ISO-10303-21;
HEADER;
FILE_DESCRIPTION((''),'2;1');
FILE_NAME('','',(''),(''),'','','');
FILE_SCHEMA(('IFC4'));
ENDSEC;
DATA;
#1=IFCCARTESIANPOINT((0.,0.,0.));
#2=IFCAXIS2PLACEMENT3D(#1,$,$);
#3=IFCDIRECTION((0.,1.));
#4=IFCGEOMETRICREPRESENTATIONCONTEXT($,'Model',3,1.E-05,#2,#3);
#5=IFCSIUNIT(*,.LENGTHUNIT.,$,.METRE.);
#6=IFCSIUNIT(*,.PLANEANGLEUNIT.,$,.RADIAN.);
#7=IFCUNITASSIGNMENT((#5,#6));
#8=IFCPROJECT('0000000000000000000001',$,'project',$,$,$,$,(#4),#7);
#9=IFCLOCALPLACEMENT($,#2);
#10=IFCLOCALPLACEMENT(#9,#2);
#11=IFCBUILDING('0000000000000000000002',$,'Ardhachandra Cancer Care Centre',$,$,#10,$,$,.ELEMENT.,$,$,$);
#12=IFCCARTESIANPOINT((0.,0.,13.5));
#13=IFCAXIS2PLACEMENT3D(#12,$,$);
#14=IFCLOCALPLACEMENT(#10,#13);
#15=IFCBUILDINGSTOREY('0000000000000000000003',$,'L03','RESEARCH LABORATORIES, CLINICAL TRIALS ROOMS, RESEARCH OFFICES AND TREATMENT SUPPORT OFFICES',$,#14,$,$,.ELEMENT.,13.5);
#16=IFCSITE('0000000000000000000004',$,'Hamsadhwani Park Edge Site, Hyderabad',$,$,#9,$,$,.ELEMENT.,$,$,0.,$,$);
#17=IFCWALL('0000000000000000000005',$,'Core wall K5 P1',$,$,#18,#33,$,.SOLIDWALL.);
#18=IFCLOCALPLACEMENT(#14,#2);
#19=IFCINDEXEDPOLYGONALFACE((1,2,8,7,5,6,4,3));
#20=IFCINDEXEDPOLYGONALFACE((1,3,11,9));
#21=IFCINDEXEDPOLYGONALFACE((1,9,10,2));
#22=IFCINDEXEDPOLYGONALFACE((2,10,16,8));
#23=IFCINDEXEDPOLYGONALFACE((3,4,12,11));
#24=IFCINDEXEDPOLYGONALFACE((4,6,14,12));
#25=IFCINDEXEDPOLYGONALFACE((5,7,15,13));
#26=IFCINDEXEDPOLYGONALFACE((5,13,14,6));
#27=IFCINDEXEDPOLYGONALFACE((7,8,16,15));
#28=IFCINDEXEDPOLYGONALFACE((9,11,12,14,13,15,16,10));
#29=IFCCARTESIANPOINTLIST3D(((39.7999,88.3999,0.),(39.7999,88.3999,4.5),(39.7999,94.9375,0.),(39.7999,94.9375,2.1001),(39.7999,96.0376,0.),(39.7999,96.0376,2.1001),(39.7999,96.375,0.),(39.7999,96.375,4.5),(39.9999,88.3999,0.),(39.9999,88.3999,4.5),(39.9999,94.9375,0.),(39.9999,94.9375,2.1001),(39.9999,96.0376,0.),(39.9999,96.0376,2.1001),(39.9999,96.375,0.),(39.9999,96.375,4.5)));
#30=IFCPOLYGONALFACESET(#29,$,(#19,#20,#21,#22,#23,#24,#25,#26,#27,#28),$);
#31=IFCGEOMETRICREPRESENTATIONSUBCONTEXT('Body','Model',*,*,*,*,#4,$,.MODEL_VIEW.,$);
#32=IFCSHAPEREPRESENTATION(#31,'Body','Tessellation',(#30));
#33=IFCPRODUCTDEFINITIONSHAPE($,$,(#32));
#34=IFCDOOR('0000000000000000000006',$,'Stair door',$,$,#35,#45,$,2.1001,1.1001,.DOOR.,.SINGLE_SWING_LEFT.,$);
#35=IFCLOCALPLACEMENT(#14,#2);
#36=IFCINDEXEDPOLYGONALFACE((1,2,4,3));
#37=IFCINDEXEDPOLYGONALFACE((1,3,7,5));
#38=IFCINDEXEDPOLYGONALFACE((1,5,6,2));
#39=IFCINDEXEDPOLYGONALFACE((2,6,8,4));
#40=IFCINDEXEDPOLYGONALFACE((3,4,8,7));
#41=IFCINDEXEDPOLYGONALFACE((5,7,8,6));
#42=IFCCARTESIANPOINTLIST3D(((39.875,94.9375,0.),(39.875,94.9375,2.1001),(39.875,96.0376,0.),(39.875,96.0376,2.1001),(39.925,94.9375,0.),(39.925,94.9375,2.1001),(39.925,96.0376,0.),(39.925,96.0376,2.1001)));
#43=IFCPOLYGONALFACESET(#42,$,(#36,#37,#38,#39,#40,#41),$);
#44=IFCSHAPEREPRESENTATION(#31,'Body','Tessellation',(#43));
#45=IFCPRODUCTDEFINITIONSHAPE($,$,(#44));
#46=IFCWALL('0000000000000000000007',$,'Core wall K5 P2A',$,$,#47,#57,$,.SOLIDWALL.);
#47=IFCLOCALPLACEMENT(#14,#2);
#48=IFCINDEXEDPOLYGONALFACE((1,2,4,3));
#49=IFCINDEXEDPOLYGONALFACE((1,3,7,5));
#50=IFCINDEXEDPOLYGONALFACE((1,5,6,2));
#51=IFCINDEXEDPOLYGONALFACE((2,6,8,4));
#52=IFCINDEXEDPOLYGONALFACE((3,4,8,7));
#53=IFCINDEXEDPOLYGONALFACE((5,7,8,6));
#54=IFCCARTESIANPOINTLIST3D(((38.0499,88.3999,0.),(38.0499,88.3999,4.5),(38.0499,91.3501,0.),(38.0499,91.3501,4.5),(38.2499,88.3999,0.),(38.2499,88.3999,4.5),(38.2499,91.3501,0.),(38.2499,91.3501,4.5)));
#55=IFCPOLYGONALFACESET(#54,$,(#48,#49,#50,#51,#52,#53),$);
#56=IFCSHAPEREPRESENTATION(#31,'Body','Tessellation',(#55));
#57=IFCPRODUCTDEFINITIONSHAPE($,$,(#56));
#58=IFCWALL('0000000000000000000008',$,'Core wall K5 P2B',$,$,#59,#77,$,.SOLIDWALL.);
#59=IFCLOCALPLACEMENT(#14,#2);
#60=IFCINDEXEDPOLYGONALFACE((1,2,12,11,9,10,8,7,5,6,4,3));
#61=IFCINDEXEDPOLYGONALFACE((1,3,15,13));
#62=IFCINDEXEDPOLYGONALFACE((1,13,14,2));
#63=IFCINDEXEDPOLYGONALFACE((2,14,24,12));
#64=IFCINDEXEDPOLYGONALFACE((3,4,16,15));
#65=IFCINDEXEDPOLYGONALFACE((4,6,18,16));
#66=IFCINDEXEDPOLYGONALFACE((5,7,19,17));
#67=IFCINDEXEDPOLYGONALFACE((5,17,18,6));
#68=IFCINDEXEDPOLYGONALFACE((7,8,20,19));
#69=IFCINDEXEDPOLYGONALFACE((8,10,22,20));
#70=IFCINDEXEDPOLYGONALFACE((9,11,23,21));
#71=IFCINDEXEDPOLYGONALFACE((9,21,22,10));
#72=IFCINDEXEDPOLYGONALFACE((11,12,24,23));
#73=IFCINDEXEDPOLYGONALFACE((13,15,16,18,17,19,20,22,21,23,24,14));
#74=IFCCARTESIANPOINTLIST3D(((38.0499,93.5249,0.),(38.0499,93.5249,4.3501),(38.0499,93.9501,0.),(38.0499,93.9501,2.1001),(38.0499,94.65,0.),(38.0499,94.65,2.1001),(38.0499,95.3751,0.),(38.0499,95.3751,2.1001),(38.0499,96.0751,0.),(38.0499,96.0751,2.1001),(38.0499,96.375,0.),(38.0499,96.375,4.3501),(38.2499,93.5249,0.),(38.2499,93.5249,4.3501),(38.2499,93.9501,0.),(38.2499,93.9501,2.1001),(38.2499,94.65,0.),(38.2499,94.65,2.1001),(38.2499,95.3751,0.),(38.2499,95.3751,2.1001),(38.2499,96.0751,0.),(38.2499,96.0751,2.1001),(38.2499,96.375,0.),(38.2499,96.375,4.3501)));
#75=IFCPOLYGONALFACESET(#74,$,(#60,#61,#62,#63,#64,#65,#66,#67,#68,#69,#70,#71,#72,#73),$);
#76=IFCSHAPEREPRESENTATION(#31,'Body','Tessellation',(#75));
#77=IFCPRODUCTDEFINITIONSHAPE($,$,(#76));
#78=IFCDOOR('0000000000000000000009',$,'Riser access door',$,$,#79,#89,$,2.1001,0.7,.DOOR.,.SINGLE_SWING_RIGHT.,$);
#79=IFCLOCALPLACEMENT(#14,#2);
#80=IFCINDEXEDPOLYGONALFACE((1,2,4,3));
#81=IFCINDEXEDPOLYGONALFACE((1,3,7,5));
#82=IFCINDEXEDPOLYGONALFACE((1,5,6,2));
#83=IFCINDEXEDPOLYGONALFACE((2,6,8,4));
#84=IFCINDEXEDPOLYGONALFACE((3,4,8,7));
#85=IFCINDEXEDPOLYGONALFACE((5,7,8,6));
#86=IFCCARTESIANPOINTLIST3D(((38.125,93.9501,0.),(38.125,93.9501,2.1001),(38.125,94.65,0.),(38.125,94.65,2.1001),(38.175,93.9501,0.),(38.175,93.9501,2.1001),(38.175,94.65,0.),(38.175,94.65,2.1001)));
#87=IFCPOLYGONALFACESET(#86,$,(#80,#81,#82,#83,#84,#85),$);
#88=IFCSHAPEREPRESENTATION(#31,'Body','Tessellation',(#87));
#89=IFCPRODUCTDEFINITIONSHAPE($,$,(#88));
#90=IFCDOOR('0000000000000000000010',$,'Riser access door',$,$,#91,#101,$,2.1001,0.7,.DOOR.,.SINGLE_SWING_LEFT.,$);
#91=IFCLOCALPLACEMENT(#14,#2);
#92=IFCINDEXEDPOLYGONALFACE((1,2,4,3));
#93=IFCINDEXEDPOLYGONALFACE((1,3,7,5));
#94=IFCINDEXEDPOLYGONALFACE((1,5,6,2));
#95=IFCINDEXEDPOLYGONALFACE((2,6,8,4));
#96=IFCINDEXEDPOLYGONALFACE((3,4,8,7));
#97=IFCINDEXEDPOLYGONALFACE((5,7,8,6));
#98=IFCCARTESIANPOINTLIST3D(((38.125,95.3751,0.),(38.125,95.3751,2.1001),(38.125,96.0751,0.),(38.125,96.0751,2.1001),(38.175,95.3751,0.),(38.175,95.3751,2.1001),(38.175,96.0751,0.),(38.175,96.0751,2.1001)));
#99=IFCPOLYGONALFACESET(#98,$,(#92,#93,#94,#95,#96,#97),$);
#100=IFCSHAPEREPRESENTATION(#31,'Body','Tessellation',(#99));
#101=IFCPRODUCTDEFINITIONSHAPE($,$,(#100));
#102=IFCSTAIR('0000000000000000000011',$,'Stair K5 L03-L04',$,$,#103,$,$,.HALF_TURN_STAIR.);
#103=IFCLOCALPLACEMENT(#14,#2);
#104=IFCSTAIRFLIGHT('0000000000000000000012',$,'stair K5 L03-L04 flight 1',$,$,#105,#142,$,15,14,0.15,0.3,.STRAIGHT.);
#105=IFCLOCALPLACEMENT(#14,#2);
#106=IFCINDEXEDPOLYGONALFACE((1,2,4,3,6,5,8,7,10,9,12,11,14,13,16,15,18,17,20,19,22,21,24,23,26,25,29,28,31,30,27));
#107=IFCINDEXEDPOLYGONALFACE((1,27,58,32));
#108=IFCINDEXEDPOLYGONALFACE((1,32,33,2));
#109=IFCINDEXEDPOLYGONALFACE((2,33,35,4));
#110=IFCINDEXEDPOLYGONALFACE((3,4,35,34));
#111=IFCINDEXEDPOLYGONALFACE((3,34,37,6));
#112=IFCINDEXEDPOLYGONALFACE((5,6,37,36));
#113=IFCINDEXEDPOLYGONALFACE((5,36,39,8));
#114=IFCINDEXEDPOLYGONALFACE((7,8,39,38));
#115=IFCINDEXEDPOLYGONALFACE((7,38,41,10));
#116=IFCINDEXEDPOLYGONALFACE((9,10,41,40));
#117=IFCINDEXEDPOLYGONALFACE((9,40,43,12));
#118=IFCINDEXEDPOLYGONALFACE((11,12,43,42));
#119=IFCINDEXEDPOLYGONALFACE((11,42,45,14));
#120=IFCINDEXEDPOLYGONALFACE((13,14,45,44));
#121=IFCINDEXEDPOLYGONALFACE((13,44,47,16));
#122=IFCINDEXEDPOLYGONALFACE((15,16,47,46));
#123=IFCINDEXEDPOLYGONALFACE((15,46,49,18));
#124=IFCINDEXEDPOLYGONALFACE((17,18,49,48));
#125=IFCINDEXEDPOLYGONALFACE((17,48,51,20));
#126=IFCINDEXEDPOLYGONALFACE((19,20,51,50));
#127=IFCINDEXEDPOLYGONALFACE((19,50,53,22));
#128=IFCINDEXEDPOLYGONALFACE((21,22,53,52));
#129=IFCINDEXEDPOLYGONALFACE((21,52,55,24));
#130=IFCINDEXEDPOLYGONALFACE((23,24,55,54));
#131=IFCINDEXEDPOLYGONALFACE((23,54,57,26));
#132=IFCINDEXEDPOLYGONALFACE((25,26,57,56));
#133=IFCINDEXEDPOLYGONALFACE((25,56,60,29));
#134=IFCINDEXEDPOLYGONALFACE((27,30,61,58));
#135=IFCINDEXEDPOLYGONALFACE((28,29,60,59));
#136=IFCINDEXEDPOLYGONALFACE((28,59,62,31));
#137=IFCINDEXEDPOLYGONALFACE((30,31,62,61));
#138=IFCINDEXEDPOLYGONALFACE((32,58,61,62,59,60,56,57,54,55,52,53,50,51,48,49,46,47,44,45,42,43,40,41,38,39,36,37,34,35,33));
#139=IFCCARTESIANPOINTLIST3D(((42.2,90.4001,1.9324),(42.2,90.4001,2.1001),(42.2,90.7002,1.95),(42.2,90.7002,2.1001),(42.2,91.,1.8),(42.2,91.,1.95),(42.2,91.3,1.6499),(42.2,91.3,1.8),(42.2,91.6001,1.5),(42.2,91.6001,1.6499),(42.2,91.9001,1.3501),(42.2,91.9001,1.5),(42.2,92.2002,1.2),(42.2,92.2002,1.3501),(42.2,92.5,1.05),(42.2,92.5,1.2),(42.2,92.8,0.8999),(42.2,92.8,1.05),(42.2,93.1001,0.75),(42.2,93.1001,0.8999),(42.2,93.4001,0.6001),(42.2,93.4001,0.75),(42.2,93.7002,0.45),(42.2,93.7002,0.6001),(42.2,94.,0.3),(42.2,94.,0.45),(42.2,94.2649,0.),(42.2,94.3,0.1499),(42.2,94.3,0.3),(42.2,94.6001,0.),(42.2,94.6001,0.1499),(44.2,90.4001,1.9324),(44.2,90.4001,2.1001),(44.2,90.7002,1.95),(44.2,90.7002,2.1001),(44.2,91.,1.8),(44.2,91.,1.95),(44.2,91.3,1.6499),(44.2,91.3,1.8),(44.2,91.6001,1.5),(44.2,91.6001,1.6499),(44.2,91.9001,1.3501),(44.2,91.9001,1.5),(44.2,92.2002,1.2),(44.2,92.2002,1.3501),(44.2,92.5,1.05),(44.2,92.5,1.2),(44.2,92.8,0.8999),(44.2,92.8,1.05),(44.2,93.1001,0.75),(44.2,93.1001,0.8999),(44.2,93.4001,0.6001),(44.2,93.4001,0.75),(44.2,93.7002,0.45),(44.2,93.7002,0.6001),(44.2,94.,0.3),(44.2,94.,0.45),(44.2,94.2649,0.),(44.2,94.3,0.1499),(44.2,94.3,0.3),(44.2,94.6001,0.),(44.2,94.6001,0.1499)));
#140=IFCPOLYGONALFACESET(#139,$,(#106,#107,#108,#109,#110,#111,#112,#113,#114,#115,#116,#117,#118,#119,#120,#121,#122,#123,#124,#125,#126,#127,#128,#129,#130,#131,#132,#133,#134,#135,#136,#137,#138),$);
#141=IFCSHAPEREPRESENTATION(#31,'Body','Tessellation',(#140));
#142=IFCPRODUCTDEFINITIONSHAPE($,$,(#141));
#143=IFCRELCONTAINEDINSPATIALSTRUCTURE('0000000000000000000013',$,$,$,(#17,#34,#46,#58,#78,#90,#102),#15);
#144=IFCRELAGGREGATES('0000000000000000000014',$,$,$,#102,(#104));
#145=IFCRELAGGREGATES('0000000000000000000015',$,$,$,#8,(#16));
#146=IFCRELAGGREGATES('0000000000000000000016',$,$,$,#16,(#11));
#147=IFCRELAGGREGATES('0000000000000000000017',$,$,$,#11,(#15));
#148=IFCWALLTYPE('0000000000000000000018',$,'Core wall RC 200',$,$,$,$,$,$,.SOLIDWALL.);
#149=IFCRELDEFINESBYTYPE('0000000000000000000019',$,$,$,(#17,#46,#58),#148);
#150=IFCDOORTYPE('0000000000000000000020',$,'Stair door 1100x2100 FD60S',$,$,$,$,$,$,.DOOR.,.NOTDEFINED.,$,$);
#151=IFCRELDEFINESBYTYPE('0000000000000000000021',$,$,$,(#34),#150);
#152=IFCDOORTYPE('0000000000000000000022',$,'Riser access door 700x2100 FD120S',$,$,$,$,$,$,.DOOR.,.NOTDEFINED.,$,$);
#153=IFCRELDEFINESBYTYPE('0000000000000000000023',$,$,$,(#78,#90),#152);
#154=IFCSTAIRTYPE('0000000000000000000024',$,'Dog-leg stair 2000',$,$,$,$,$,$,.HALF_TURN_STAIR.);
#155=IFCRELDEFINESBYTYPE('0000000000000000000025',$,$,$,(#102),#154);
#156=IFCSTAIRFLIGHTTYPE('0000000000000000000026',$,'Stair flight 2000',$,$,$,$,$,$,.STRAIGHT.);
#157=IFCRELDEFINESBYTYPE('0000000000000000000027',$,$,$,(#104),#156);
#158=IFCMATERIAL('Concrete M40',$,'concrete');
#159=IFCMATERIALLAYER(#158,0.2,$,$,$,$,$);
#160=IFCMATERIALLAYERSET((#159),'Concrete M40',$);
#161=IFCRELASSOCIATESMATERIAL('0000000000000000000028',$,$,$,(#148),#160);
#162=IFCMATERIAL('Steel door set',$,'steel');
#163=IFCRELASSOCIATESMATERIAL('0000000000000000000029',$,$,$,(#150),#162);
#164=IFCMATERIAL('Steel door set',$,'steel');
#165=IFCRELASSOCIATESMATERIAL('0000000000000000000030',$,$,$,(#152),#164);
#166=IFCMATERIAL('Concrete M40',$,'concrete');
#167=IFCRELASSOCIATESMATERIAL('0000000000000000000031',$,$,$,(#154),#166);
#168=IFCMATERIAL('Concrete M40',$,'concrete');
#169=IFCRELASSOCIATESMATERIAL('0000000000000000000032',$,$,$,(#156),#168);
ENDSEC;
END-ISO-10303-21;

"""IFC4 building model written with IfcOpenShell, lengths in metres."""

from ifc_helpers import new_model, si_unit, direction, frame, frame_2d, origin, place, context, subcontext, project, spatial, polyline, rectangle, outline, extrude, material, layer, layer_set, type_object, element, fill, aggregate, save


model = new_model("IFC4")

# Units and contexts
model_context = context("Model", 3, precision=1e-05, world=origin(), true_north=direction((0.0, 1.0)))
body_context = subcontext(model_context, "Body", "Model", "MODEL_VIEW")
ifc_project = project(units=[si_unit("LENGTHUNIT", "METRE"), si_unit("PLANEANGLEUNIT", "RADIAN")], contexts=[model_context])

# Site, building, storey
site_placement = place(None, origin())
site = spatial("IfcSite", under=ifc_project, at=site_placement, Name="Hamsadhwani Park Edge Site, Hyderabad", CompositionType="ELEMENT", RefElevation=0.0)
building_placement = place(site_placement, origin())
building = spatial("IfcBuilding", under=site, at=building_placement, Name="Ardhachandra Cancer Care Centre", CompositionType="ELEMENT")
storey_placement = place(building_placement, frame((0.0, 0.0, 13.5)))
storey = spatial("IfcBuildingStorey", under=building, at=storey_placement, Name="L03", Description="RESEARCH LABORATORIES, CLINICAL TRIALS ROOMS, RESEARCH OFFICES AND TREATMENT SUPPORT OFFICES", CompositionType="ELEMENT", Elevation=13.5)

# Shared definitions
ifc_material_1 = material(Name="Concrete M40", Category="concrete")
ifc_layer_1 = layer(ifc_material_1, 0.2)
ifc_layer_set_1 = layer_set([ifc_layer_1], Name="Concrete M40")
wall_type = type_object("IfcWallType", Name="Core wall RC 200", PredefinedType="SOLIDWALL", material=ifc_layer_set_1)

# Wall, opening, door
wall_1_placement = place(storey_placement, frame((39.8999, 88.3999, 0.0), z_axis=(0.0, 0.0, 1.0), x_axis=(0.0, 1.0, 0.0)))
wall_1 = element("IfcWall", 1, at=wall_1_placement, inside=storey, type_object=wall_type, Name="Core wall K5 P1", PredefinedType="SOLIDWALL", context=body_context, shape_type="SweptSolid", body=[
    extrude(rectangle(XDim=7.9751, YDim=0.2, at=frame_2d((3.9875, 0.0))), origin(), (0.0, 0.0, 1.0), 4.5),
])
opening_1_placement = place(wall_1_placement, frame((6.5376, 0.0, 0.0)))
opening_1 = element("IfcOpeningElement", 2, at=opening_1_placement, cuts=wall_1, PredefinedType="OPENING", context=body_context, shape_type="SweptSolid", body=[
    extrude(rectangle(XDim=1.1001, YDim=2.1001, at=frame_2d((0.55, 1.05))), frame((0.0, 0.1099, 0.0), z_axis=(0.0, -1.0, 0.0), x_axis=(1.0, 0.0, 0.0)), (0.0, 0.0, 1.0), 0.22),
])
ifc_material_2 = material(Name="Steel door set", Category="steel")
door_type_1 = type_object("IfcDoorType", Name="Stair door 1100x2100 FD60S", OperationType="NOTDEFINED", PredefinedType="DOOR", material=ifc_material_2)
door_1_placement = place(opening_1_placement, origin())
door_1 = element("IfcDoor", 3, at=door_1_placement, inside=storey, type_object=door_type_1, Name="Stair door", OperationType="SINGLE_SWING_LEFT", OverallHeight=2.1001, OverallWidth=1.1001, PredefinedType="DOOR", context=body_context, shape_type="SweptSolid", body=[
    extrude(rectangle(XDim=1.1001, YDim=2.1001, at=frame_2d((0.55, 1.05))), frame((0.0, 0.0249, 0.0), z_axis=(0.0, -1.0, 0.0), x_axis=(1.0, 0.0, 0.0)), (0.0, 0.0, 1.0), 0.05),
])
fill(opening_1, door_1)

# Wall
wall_2_placement = place(storey_placement, frame((38.1499, 88.3999, 0.0), z_axis=(0.0, 0.0, 1.0), x_axis=(0.0, 1.0, 0.0)))
element("IfcWall", 4, at=wall_2_placement, inside=storey, type_object=wall_type, Name="Core wall K5 P2A", PredefinedType="SOLIDWALL", context=body_context, shape_type="SweptSolid", body=[
    extrude(rectangle(XDim=2.9502, YDim=0.2, at=frame_2d((1.4751, 0.0))), origin(), (0.0, 0.0, 1.0), 4.5),
])

# Wall, openings, doors
wall_3_placement = place(storey_placement, frame((38.1499, 93.5249, 0.0), z_axis=(0.0, 0.0, 1.0), x_axis=(0.0, 1.0, 0.0)))
wall_3 = element("IfcWall", 5, at=wall_3_placement, inside=storey, type_object=wall_type, Name="Core wall K5 P2B", PredefinedType="SOLIDWALL", context=body_context, shape_type="SweptSolid", body=[
    extrude(rectangle(XDim=2.8501, YDim=0.2, at=frame_2d((1.425, 0.0))), origin(), (0.0, 0.0, 1.0), 4.3501),
])
opening_2_placement = place(wall_3_placement, frame((0.425, 0.0, 0.0)))
opening_2 = element("IfcOpeningElement", 6, at=opening_2_placement, cuts=wall_3, PredefinedType="OPENING", context=body_context, shape_type="SweptSolid", body=[
    extrude(rectangle(XDim=0.7, YDim=2.1001, at=frame_2d((0.3501, 1.05))), frame((0.0, 0.1099, 0.0), z_axis=(0.0, -1.0, 0.0), x_axis=(1.0, 0.0, 0.0)), (0.0, 0.0, 1.0), 0.22),
])
opening_3_placement = place(wall_3_placement, frame((1.8501, 0.0, 0.0)))
opening_3 = element("IfcOpeningElement", 7, at=opening_3_placement, cuts=wall_3, PredefinedType="OPENING", context=body_context, shape_type="SweptSolid", body=[
    extrude(rectangle(XDim=0.7, YDim=2.1001, at=frame_2d((0.3501, 1.05))), frame((0.0, 0.1099, 0.0), z_axis=(0.0, -1.0, 0.0), x_axis=(1.0, 0.0, 0.0)), (0.0, 0.0, 1.0), 0.22),
])
ifc_material_3 = material(Name="Steel door set", Category="steel")
door_type_2 = type_object("IfcDoorType", Name="Riser access door 700x2100 FD120S", OperationType="NOTDEFINED", PredefinedType="DOOR", material=ifc_material_3)
door_2_placement = place(opening_2_placement, origin())
door_2 = element("IfcDoor", 8, at=door_2_placement, inside=storey, type_object=door_type_2, Name="Riser access door", OperationType="SINGLE_SWING_RIGHT", OverallHeight=2.1001, OverallWidth=0.7, PredefinedType="DOOR", context=body_context, shape_type="SweptSolid", body=[
    extrude(rectangle(XDim=0.7, YDim=2.1001, at=frame_2d((0.3501, 1.05))), frame((0.0, 0.0249, 0.0), z_axis=(0.0, -1.0, 0.0), x_axis=(1.0, 0.0, 0.0)), (0.0, 0.0, 1.0), 0.05),
])
fill(opening_2, door_2)
door_3_placement = place(opening_3_placement, origin())
door_3 = element("IfcDoor", 9, at=door_3_placement, inside=storey, type_object=door_type_2, Name="Riser access door", OperationType="SINGLE_SWING_LEFT", OverallHeight=2.1001, OverallWidth=0.7, PredefinedType="DOOR", context=body_context, shape_type="SweptSolid", body=[
    extrude(rectangle(XDim=0.7, YDim=2.1001, at=frame_2d((0.3501, 1.05))), frame((0.0, 0.0249, 0.0), z_axis=(0.0, -1.0, 0.0), x_axis=(1.0, 0.0, 0.0)), (0.0, 0.0, 1.0), 0.05),
])
fill(opening_3, door_3)

# Stair, stair flight
ifc_material_4 = material(Name="Concrete M40", Category="concrete")
stair_type = type_object("IfcStairType", Name="Dog-leg stair 2000", PredefinedType="HALF_TURN_STAIR", material=ifc_material_4)
stair_placement = place(storey_placement, origin())
stair = element("IfcStair", 10, at=stair_placement, inside=storey, type_object=stair_type, Name="Stair K5 L03-L04", PredefinedType="HALF_TURN_STAIR")
ifc_material_5 = material(Name="Concrete M40", Category="concrete")
stair_flight_type = type_object("IfcStairFlightType", Name="Stair flight 2000", PredefinedType="STRAIGHT", material=ifc_material_5)
stair_flight_1_placement = place(storey_placement, frame((43.2, 94.6001, 0.0), z_axis=(0.0, 0.0, 1.0), x_axis=(0.0, -1.0, 0.0)))
stair_flight_1 = element("IfcStairFlight", 11, at=stair_flight_1_placement, type_object=stair_flight_type, Name="stair K5 L03-L04 flight 1", NumberOfRisers=15, NumberOfTreads=14, PredefinedType="STRAIGHT", RiserHeight=0.15, TreadLength=0.3, context=body_context, shape_type="SweptSolid", body=[
    extrude(outline(polyline([(0.0, 0.0), (0.0, 0.1499), (0.3, 0.1499), (0.3, 0.3), (0.6001, 0.3), (0.6001, 0.45), (0.8999, 0.45), (0.8999, 0.6001), (1.2, 0.6001), (1.2, 0.75), (1.5, 0.75), (1.5, 0.8999), (1.8, 0.8999), (1.8, 1.05), (2.1001, 1.05), (2.1001, 1.2), (2.3999, 1.2), (2.3999, 1.3501), (2.7, 1.3501), (2.7, 1.5), (3.0, 1.5), (3.0, 1.6499), (3.3, 1.6499), (3.3, 1.8), (3.6001, 1.8), (3.6001, 1.95), (3.8999, 1.95), (3.8999, 2.1001), (4.2, 2.1001), (4.2, 2.25), (4.2, 1.9324), (0.3352, 0.0), (0.0, 0.0)])), frame((0.0, 1.0, 0.0), z_axis=(0.0, -1.0, 0.0), x_axis=(1.0, 0.0, 0.0)), (0.0, 0.0, 1.0), 2.0),
])
aggregate(stair, [stair_flight_1])

save(model, "model.ifc")
